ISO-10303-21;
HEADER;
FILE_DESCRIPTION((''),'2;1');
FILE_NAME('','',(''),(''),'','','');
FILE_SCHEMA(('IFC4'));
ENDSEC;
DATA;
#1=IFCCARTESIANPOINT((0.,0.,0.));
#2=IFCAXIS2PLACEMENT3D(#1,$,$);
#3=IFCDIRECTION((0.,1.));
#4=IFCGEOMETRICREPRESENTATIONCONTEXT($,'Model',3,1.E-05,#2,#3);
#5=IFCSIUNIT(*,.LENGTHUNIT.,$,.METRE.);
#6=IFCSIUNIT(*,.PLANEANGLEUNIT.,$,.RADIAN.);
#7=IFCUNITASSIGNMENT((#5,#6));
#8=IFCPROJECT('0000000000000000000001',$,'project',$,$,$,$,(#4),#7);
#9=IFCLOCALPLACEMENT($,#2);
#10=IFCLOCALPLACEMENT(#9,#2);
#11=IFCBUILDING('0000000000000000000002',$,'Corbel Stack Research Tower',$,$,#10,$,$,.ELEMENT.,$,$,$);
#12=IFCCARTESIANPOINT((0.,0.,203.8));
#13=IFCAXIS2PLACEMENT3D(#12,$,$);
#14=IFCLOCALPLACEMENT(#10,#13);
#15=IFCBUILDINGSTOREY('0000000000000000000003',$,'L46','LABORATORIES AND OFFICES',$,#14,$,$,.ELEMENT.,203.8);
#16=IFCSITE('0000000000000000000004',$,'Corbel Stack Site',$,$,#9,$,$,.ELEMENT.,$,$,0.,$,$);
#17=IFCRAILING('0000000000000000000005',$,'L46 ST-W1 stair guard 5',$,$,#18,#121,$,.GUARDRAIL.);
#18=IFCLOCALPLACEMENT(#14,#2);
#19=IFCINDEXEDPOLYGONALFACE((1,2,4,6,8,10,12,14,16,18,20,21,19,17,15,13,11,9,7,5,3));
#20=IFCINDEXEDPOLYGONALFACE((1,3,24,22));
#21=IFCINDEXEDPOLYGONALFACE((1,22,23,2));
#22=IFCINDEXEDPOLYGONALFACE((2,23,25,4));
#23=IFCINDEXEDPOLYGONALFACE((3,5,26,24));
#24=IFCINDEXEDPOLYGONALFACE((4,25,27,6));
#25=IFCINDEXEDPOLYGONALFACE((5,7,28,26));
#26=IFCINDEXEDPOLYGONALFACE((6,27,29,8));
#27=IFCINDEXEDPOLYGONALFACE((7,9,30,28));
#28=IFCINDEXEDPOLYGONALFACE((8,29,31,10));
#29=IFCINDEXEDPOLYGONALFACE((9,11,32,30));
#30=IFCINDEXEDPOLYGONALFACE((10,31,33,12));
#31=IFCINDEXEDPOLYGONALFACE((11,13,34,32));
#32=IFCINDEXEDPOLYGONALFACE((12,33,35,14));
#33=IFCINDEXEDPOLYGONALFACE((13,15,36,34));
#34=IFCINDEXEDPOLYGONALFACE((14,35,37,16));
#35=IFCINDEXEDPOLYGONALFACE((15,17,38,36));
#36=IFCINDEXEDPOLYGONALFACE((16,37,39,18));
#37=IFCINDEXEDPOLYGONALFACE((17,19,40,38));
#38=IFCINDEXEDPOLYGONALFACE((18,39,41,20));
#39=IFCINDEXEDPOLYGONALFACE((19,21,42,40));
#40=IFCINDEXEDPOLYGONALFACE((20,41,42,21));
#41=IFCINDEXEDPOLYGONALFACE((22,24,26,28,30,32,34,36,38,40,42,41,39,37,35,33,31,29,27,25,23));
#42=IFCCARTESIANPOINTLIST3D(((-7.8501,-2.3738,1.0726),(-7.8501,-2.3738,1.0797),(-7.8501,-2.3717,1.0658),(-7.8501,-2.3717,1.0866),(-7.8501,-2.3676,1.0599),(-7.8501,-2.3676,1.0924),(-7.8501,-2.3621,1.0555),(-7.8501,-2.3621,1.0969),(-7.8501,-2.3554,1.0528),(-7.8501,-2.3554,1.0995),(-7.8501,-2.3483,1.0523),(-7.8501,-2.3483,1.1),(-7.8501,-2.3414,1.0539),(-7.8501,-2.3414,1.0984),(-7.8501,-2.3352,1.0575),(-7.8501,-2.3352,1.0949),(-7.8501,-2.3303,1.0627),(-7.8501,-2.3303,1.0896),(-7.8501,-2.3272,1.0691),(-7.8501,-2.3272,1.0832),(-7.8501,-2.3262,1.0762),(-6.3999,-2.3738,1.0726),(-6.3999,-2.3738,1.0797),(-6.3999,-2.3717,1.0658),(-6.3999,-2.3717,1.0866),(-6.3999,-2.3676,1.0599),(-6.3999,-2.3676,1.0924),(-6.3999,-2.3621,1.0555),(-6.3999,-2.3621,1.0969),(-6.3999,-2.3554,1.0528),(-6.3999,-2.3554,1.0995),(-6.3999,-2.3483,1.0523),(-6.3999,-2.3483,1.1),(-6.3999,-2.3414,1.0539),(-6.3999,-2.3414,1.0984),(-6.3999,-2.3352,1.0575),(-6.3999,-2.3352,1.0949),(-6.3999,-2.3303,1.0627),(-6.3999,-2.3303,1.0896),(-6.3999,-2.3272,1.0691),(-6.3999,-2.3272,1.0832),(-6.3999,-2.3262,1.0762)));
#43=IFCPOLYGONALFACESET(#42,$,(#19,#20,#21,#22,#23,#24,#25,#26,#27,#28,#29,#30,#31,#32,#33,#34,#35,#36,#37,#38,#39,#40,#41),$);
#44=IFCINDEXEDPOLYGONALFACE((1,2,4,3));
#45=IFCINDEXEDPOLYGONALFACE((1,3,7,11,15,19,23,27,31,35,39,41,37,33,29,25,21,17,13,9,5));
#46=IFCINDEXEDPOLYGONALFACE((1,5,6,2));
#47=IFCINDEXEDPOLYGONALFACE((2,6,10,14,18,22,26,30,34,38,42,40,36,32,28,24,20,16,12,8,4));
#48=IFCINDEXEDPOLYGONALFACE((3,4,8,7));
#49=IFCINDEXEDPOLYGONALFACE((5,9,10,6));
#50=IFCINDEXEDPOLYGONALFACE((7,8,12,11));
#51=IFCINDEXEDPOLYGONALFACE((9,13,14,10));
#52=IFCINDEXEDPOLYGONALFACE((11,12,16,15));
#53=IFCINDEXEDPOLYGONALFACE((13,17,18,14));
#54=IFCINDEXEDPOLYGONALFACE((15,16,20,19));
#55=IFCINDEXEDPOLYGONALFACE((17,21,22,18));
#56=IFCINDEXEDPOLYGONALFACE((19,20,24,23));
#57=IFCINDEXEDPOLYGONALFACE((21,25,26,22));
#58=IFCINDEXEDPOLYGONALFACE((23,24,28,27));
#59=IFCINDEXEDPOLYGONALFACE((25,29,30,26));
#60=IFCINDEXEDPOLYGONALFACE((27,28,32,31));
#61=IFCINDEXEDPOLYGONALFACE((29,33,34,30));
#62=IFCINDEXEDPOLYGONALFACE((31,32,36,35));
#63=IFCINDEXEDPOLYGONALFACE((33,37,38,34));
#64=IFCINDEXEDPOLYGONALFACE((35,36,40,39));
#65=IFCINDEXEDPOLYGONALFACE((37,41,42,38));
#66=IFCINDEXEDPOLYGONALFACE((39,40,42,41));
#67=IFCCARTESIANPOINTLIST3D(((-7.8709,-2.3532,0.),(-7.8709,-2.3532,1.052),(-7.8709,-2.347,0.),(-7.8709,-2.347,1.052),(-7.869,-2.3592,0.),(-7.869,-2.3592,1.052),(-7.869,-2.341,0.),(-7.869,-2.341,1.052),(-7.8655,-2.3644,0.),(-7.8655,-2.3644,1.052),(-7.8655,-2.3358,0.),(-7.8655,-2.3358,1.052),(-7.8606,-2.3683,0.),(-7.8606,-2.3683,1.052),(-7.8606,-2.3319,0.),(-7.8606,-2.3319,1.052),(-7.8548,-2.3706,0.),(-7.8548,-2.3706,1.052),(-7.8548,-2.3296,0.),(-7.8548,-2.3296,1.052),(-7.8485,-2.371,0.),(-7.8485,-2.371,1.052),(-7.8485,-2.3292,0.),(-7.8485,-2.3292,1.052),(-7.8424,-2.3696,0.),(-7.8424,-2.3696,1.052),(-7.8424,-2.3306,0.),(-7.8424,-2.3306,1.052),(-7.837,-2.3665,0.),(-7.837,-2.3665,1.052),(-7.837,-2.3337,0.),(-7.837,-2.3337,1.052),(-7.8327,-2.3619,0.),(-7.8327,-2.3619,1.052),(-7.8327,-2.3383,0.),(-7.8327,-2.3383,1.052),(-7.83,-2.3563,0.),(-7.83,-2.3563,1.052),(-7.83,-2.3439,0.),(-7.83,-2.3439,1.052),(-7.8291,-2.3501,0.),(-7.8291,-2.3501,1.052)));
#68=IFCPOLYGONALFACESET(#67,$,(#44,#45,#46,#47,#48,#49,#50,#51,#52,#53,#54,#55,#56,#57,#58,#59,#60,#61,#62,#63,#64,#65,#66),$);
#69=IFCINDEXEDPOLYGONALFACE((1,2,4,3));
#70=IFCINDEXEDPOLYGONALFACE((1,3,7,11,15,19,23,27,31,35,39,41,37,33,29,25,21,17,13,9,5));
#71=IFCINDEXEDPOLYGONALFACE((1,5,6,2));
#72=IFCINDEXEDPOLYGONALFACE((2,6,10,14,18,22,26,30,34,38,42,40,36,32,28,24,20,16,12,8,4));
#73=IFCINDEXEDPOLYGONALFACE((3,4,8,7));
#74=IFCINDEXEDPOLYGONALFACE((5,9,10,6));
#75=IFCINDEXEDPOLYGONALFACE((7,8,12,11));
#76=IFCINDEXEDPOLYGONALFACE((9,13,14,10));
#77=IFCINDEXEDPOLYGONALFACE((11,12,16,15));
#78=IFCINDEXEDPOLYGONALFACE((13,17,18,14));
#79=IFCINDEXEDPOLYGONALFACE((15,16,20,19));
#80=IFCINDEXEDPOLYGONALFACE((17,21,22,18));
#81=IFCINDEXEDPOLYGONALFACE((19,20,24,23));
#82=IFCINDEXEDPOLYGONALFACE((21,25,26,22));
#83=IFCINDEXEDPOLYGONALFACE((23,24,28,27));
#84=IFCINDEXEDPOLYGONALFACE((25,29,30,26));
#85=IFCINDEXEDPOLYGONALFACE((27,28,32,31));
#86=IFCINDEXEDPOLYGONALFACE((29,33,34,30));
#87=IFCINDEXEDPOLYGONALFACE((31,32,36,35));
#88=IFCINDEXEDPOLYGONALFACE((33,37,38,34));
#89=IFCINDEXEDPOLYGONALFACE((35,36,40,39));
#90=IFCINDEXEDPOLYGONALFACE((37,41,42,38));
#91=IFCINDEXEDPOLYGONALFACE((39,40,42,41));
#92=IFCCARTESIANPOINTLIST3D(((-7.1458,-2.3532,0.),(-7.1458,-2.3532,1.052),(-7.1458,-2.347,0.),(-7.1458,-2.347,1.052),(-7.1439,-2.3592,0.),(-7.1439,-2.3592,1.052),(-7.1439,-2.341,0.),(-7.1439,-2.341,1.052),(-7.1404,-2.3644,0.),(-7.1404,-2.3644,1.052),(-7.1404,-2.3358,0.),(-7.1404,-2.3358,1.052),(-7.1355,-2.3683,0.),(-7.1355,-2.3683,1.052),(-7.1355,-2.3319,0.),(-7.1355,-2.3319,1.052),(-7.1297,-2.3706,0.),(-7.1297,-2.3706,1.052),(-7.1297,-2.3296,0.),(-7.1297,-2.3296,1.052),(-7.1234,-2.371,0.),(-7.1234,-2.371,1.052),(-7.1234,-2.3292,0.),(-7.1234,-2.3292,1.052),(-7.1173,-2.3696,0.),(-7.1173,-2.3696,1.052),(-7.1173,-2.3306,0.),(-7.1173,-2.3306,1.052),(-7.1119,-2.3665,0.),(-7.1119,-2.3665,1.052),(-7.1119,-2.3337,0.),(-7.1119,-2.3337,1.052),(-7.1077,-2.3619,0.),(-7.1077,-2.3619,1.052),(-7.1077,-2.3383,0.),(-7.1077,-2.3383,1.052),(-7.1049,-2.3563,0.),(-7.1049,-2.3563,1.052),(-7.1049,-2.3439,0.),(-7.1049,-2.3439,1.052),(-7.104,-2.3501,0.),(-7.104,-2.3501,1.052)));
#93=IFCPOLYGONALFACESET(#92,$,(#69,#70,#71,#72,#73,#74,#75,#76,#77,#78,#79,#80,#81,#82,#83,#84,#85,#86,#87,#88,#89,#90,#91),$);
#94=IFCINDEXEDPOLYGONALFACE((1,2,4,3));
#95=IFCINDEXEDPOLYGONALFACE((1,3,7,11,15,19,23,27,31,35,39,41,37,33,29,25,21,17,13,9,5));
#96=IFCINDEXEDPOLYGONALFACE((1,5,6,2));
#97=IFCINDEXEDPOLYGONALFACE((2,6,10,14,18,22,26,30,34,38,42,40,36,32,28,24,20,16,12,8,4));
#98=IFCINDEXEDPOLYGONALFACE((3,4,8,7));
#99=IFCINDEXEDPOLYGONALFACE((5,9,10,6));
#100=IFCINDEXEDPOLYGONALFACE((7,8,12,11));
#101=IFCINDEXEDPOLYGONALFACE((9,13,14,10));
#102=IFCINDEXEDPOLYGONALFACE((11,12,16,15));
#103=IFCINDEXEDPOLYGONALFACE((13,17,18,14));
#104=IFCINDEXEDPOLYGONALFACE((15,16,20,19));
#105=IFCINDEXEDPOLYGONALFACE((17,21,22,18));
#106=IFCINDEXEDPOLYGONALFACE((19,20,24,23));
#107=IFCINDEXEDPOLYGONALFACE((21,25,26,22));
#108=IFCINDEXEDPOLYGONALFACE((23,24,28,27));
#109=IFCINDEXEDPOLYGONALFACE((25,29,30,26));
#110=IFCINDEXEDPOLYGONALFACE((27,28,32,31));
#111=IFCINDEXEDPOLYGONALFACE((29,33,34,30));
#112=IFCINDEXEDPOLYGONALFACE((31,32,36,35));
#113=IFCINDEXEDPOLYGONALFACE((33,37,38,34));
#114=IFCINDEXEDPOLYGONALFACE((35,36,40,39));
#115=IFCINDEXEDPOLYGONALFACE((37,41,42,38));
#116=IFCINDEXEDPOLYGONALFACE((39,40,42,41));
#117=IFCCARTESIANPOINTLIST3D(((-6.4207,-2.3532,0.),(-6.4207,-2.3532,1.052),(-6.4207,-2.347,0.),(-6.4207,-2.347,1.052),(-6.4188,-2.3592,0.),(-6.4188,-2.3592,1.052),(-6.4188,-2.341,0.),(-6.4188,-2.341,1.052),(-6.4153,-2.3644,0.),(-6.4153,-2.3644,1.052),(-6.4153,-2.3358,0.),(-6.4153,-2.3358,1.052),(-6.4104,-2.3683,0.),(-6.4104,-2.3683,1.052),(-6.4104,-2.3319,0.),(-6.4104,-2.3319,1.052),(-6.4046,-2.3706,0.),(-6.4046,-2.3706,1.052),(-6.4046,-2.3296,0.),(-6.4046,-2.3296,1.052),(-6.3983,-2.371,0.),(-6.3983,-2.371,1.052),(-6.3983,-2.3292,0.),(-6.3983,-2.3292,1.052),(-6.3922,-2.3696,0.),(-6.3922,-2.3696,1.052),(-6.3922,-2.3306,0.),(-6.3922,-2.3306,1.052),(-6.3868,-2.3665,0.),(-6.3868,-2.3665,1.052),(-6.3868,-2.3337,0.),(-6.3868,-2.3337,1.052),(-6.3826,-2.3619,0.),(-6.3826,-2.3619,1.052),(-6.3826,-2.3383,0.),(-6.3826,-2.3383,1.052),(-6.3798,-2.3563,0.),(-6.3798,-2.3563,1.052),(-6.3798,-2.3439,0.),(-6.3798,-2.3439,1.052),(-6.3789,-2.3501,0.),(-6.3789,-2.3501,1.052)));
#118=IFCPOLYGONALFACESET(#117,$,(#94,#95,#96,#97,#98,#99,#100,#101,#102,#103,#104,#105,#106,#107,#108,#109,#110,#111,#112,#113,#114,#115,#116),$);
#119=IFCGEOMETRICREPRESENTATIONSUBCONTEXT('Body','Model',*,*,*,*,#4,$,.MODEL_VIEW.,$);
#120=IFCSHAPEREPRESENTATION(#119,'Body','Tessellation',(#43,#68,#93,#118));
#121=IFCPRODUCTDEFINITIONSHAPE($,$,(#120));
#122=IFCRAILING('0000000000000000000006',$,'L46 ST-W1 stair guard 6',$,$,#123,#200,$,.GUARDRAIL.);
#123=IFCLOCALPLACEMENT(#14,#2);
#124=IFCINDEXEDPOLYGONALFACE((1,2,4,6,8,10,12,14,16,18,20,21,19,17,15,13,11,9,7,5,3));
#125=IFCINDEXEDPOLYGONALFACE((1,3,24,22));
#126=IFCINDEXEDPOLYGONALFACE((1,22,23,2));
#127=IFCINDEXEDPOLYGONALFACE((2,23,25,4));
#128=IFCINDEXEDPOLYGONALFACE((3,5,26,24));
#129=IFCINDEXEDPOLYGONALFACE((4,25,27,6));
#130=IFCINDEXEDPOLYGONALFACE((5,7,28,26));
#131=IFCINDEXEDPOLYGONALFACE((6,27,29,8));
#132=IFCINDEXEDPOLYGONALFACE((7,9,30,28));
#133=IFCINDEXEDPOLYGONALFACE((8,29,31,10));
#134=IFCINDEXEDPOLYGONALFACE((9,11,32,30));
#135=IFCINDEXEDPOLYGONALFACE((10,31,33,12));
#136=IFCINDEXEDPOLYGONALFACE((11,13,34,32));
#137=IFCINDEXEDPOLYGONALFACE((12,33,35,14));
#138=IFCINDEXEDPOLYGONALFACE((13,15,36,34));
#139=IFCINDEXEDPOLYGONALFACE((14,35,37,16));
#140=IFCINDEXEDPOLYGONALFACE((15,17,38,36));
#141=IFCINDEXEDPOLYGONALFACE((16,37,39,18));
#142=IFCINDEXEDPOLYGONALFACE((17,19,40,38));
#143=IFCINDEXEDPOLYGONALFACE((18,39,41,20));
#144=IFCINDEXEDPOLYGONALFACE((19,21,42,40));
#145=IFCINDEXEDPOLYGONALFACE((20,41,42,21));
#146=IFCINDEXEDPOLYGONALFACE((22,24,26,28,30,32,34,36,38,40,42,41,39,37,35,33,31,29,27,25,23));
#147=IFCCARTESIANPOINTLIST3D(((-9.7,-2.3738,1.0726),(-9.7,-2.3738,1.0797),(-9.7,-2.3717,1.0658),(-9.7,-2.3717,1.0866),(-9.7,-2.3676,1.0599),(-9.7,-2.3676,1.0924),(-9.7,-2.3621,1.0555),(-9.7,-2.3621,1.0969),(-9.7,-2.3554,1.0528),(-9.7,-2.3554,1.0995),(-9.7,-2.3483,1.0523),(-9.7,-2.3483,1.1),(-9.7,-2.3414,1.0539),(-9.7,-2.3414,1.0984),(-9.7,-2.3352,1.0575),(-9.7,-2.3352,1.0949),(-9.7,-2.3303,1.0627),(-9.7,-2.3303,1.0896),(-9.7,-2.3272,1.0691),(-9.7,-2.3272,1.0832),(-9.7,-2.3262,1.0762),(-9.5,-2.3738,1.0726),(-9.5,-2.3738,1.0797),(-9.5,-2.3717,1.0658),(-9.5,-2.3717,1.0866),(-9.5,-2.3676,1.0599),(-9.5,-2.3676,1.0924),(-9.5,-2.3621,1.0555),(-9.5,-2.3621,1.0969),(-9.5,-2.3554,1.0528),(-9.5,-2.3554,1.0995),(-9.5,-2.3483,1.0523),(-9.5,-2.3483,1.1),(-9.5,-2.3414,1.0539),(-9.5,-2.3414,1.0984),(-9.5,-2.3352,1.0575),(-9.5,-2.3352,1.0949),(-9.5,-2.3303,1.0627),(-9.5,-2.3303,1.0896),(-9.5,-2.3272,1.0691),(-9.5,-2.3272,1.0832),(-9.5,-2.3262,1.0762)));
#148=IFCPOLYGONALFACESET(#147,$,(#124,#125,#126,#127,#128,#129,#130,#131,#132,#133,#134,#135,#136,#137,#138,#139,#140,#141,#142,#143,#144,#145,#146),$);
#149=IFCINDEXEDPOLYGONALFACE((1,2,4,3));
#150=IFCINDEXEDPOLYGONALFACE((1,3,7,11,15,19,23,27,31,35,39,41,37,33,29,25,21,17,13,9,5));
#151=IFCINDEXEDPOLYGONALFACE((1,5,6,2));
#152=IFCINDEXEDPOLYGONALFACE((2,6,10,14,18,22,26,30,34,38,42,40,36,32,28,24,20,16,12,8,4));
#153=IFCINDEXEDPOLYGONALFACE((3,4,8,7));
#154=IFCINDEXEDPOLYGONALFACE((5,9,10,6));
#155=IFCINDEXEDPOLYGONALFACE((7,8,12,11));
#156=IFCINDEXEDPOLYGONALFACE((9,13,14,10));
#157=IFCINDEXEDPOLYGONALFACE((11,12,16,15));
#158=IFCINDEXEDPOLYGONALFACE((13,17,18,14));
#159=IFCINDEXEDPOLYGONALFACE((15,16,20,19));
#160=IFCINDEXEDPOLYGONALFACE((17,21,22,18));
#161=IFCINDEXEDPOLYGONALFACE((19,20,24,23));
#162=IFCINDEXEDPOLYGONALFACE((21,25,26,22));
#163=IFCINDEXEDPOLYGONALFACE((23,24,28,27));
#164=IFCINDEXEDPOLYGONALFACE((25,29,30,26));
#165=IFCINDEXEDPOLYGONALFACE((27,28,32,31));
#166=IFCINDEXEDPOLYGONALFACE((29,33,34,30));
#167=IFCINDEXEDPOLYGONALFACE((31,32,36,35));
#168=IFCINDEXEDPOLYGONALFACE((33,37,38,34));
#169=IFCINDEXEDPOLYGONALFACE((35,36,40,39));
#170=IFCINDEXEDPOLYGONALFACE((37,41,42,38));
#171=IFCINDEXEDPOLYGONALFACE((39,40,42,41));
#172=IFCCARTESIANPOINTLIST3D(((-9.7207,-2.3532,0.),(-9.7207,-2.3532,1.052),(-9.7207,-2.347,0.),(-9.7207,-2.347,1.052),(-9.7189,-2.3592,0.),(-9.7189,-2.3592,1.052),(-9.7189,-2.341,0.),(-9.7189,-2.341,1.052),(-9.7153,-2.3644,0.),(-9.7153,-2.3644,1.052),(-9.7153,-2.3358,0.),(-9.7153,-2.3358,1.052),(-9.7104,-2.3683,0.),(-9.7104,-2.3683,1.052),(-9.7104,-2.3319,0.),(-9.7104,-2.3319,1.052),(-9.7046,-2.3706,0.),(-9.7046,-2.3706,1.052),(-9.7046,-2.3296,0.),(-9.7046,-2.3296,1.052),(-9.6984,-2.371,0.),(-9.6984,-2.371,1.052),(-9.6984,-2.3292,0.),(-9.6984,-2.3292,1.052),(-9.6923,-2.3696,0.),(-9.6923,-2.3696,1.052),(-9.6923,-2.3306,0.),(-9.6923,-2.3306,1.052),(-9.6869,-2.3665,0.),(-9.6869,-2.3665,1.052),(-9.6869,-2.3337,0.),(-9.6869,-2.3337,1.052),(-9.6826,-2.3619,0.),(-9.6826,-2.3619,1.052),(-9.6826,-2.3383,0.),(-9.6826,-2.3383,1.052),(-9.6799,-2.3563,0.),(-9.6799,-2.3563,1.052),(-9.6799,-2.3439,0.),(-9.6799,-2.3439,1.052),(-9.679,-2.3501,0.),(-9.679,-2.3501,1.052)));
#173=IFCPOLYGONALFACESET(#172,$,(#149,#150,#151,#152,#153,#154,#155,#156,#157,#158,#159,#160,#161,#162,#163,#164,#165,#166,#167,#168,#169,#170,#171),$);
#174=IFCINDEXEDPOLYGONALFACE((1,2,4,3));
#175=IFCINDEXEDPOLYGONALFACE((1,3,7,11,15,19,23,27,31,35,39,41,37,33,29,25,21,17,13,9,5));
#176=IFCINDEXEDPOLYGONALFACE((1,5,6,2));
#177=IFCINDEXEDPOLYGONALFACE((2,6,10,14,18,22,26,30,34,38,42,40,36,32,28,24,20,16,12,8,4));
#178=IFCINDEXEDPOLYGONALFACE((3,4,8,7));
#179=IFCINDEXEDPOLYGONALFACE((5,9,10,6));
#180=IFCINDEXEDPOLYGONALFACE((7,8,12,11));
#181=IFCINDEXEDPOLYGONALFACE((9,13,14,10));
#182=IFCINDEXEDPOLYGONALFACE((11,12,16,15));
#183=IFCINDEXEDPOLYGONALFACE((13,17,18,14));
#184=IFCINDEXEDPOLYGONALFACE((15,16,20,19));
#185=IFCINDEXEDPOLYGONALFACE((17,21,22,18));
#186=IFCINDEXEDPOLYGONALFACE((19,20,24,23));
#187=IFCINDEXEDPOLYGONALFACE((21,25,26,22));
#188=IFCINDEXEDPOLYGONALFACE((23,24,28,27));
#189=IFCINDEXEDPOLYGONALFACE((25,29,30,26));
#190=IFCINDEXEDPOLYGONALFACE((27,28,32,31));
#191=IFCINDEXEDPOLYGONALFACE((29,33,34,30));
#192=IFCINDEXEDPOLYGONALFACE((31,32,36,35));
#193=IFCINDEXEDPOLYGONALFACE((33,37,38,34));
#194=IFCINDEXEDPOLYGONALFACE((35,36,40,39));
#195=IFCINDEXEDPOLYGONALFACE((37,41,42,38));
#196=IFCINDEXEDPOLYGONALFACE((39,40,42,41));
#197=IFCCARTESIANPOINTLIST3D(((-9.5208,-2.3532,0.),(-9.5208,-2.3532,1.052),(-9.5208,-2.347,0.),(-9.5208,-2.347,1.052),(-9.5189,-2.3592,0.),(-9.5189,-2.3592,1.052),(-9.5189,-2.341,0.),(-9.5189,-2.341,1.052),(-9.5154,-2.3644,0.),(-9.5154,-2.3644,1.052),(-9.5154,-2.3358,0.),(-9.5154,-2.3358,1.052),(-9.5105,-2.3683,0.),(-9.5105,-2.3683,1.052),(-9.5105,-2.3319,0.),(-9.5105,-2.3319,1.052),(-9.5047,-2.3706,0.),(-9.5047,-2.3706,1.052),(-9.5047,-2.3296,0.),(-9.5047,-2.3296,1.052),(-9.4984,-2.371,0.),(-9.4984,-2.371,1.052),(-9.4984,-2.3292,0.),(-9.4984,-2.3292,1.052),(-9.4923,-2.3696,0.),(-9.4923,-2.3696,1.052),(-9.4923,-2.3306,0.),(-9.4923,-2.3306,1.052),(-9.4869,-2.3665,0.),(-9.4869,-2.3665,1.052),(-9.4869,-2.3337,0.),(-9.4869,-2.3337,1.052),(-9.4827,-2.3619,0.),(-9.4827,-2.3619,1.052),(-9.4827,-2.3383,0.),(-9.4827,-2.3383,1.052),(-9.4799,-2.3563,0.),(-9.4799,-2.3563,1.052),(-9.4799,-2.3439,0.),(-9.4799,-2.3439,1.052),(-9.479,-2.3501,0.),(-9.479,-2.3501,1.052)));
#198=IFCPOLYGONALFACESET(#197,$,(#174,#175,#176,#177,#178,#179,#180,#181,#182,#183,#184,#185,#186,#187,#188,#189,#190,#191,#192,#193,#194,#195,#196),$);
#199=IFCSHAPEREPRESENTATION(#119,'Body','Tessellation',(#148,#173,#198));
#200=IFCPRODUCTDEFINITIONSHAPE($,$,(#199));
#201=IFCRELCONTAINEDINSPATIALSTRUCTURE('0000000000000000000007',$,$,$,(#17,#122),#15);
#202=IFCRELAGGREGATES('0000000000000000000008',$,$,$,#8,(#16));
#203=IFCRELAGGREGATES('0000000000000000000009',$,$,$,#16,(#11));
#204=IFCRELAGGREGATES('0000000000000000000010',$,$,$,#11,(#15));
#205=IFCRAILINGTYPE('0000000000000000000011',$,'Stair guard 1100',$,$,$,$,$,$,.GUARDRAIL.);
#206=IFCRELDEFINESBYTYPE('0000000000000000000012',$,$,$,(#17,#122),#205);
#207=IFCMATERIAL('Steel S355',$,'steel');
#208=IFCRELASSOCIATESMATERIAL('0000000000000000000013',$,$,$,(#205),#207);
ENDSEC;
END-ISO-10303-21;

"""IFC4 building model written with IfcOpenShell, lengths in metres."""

from ifc_helpers import new_model, si_unit, direction, frame, origin, origin_2d, place, context, subcontext, project, spatial, circle, extrude, material, type_object, element, save


model = new_model("IFC4")

# Units and contexts
model_context = context("Model", 3, precision=1e-05, world=origin(), true_north=direction((0.0, 1.0)))
body_context = subcontext(model_context, "Body", "Model", "MODEL_VIEW")
ifc_project = project(units=[si_unit("LENGTHUNIT", "METRE"), si_unit("PLANEANGLEUNIT", "RADIAN")], contexts=[model_context])

# Site, building, storey
site_placement = place(None, origin())
site = spatial("IfcSite", under=ifc_project, at=site_placement, Name="Corbel Stack Site", CompositionType="ELEMENT", RefElevation=0.0)
building_placement = place(site_placement, origin())
building = spatial("IfcBuilding", under=site, at=building_placement, Name="Corbel Stack Research Tower", CompositionType="ELEMENT")
storey_placement = place(building_placement, frame((0.0, 0.0, 203.8)))
storey = spatial("IfcBuildingStorey", under=building, at=storey_placement, Name="L46", Description="LABORATORIES AND OFFICES", CompositionType="ELEMENT", Elevation=203.8)

# Railings
ifc_material_1 = material(Name="Steel S355", Category="steel")
railing_type_1 = type_object("IfcRailingType", Name="Stair guard 1100", PredefinedType="GUARDRAIL", material=ifc_material_1)
railing_1_placement = place(storey_placement, frame((-7.8501, -2.3501, 0.0)))
element("IfcRailing", 1, at=railing_1_placement, inside=storey, type_object=railing_type_1, Name="L46 ST-W1 stair guard 5", PredefinedType="GUARDRAIL", context=body_context, shape_type="SweptSolid", body=[
    extrude(circle(Radius=0.0239, at=origin_2d()), frame((0.0, 0.0, 1.0762), z_axis=(1.0, 0.0, 0.0), x_axis=(0.0, 1.0, 0.0)), (0.0, 0.0, 1.0), 1.4502),
    extrude(circle(Radius=0.021, at=origin_2d()), origin(), (0.0, 0.0, 1.0), 1.052),
    extrude(circle(Radius=0.021, at=origin_2d()), frame((0.7251, 0.0, 0.0)), (0.0, 0.0, 1.0), 1.052),
    extrude(circle(Radius=0.021, at=origin_2d()), frame((1.4502, 0.0, 0.0)), (0.0, 0.0, 1.0), 1.052),
])
railing_2_placement = place(storey_placement, frame((-9.7, -2.3501, 0.0)))
element("IfcRailing", 2, at=railing_2_placement, inside=storey, type_object=railing_type_1, Name="L46 ST-W1 stair guard 6", PredefinedType="GUARDRAIL", context=body_context, shape_type="SweptSolid", body=[
    extrude(circle(Radius=0.0239, at=origin_2d()), frame((0.0, 0.0, 1.0762), z_axis=(1.0, 0.0, 0.0), x_axis=(0.0, 1.0, 0.0)), (0.0, 0.0, 1.0), 0.2),
    extrude(circle(Radius=0.021, at=origin_2d()), origin(), (0.0, 0.0, 1.0), 1.052),
    extrude(circle(Radius=0.021, at=origin_2d()), frame((0.2, 0.0, 0.0)), (0.0, 0.0, 1.0), 1.052),
])

save(model, "model.ifc")
